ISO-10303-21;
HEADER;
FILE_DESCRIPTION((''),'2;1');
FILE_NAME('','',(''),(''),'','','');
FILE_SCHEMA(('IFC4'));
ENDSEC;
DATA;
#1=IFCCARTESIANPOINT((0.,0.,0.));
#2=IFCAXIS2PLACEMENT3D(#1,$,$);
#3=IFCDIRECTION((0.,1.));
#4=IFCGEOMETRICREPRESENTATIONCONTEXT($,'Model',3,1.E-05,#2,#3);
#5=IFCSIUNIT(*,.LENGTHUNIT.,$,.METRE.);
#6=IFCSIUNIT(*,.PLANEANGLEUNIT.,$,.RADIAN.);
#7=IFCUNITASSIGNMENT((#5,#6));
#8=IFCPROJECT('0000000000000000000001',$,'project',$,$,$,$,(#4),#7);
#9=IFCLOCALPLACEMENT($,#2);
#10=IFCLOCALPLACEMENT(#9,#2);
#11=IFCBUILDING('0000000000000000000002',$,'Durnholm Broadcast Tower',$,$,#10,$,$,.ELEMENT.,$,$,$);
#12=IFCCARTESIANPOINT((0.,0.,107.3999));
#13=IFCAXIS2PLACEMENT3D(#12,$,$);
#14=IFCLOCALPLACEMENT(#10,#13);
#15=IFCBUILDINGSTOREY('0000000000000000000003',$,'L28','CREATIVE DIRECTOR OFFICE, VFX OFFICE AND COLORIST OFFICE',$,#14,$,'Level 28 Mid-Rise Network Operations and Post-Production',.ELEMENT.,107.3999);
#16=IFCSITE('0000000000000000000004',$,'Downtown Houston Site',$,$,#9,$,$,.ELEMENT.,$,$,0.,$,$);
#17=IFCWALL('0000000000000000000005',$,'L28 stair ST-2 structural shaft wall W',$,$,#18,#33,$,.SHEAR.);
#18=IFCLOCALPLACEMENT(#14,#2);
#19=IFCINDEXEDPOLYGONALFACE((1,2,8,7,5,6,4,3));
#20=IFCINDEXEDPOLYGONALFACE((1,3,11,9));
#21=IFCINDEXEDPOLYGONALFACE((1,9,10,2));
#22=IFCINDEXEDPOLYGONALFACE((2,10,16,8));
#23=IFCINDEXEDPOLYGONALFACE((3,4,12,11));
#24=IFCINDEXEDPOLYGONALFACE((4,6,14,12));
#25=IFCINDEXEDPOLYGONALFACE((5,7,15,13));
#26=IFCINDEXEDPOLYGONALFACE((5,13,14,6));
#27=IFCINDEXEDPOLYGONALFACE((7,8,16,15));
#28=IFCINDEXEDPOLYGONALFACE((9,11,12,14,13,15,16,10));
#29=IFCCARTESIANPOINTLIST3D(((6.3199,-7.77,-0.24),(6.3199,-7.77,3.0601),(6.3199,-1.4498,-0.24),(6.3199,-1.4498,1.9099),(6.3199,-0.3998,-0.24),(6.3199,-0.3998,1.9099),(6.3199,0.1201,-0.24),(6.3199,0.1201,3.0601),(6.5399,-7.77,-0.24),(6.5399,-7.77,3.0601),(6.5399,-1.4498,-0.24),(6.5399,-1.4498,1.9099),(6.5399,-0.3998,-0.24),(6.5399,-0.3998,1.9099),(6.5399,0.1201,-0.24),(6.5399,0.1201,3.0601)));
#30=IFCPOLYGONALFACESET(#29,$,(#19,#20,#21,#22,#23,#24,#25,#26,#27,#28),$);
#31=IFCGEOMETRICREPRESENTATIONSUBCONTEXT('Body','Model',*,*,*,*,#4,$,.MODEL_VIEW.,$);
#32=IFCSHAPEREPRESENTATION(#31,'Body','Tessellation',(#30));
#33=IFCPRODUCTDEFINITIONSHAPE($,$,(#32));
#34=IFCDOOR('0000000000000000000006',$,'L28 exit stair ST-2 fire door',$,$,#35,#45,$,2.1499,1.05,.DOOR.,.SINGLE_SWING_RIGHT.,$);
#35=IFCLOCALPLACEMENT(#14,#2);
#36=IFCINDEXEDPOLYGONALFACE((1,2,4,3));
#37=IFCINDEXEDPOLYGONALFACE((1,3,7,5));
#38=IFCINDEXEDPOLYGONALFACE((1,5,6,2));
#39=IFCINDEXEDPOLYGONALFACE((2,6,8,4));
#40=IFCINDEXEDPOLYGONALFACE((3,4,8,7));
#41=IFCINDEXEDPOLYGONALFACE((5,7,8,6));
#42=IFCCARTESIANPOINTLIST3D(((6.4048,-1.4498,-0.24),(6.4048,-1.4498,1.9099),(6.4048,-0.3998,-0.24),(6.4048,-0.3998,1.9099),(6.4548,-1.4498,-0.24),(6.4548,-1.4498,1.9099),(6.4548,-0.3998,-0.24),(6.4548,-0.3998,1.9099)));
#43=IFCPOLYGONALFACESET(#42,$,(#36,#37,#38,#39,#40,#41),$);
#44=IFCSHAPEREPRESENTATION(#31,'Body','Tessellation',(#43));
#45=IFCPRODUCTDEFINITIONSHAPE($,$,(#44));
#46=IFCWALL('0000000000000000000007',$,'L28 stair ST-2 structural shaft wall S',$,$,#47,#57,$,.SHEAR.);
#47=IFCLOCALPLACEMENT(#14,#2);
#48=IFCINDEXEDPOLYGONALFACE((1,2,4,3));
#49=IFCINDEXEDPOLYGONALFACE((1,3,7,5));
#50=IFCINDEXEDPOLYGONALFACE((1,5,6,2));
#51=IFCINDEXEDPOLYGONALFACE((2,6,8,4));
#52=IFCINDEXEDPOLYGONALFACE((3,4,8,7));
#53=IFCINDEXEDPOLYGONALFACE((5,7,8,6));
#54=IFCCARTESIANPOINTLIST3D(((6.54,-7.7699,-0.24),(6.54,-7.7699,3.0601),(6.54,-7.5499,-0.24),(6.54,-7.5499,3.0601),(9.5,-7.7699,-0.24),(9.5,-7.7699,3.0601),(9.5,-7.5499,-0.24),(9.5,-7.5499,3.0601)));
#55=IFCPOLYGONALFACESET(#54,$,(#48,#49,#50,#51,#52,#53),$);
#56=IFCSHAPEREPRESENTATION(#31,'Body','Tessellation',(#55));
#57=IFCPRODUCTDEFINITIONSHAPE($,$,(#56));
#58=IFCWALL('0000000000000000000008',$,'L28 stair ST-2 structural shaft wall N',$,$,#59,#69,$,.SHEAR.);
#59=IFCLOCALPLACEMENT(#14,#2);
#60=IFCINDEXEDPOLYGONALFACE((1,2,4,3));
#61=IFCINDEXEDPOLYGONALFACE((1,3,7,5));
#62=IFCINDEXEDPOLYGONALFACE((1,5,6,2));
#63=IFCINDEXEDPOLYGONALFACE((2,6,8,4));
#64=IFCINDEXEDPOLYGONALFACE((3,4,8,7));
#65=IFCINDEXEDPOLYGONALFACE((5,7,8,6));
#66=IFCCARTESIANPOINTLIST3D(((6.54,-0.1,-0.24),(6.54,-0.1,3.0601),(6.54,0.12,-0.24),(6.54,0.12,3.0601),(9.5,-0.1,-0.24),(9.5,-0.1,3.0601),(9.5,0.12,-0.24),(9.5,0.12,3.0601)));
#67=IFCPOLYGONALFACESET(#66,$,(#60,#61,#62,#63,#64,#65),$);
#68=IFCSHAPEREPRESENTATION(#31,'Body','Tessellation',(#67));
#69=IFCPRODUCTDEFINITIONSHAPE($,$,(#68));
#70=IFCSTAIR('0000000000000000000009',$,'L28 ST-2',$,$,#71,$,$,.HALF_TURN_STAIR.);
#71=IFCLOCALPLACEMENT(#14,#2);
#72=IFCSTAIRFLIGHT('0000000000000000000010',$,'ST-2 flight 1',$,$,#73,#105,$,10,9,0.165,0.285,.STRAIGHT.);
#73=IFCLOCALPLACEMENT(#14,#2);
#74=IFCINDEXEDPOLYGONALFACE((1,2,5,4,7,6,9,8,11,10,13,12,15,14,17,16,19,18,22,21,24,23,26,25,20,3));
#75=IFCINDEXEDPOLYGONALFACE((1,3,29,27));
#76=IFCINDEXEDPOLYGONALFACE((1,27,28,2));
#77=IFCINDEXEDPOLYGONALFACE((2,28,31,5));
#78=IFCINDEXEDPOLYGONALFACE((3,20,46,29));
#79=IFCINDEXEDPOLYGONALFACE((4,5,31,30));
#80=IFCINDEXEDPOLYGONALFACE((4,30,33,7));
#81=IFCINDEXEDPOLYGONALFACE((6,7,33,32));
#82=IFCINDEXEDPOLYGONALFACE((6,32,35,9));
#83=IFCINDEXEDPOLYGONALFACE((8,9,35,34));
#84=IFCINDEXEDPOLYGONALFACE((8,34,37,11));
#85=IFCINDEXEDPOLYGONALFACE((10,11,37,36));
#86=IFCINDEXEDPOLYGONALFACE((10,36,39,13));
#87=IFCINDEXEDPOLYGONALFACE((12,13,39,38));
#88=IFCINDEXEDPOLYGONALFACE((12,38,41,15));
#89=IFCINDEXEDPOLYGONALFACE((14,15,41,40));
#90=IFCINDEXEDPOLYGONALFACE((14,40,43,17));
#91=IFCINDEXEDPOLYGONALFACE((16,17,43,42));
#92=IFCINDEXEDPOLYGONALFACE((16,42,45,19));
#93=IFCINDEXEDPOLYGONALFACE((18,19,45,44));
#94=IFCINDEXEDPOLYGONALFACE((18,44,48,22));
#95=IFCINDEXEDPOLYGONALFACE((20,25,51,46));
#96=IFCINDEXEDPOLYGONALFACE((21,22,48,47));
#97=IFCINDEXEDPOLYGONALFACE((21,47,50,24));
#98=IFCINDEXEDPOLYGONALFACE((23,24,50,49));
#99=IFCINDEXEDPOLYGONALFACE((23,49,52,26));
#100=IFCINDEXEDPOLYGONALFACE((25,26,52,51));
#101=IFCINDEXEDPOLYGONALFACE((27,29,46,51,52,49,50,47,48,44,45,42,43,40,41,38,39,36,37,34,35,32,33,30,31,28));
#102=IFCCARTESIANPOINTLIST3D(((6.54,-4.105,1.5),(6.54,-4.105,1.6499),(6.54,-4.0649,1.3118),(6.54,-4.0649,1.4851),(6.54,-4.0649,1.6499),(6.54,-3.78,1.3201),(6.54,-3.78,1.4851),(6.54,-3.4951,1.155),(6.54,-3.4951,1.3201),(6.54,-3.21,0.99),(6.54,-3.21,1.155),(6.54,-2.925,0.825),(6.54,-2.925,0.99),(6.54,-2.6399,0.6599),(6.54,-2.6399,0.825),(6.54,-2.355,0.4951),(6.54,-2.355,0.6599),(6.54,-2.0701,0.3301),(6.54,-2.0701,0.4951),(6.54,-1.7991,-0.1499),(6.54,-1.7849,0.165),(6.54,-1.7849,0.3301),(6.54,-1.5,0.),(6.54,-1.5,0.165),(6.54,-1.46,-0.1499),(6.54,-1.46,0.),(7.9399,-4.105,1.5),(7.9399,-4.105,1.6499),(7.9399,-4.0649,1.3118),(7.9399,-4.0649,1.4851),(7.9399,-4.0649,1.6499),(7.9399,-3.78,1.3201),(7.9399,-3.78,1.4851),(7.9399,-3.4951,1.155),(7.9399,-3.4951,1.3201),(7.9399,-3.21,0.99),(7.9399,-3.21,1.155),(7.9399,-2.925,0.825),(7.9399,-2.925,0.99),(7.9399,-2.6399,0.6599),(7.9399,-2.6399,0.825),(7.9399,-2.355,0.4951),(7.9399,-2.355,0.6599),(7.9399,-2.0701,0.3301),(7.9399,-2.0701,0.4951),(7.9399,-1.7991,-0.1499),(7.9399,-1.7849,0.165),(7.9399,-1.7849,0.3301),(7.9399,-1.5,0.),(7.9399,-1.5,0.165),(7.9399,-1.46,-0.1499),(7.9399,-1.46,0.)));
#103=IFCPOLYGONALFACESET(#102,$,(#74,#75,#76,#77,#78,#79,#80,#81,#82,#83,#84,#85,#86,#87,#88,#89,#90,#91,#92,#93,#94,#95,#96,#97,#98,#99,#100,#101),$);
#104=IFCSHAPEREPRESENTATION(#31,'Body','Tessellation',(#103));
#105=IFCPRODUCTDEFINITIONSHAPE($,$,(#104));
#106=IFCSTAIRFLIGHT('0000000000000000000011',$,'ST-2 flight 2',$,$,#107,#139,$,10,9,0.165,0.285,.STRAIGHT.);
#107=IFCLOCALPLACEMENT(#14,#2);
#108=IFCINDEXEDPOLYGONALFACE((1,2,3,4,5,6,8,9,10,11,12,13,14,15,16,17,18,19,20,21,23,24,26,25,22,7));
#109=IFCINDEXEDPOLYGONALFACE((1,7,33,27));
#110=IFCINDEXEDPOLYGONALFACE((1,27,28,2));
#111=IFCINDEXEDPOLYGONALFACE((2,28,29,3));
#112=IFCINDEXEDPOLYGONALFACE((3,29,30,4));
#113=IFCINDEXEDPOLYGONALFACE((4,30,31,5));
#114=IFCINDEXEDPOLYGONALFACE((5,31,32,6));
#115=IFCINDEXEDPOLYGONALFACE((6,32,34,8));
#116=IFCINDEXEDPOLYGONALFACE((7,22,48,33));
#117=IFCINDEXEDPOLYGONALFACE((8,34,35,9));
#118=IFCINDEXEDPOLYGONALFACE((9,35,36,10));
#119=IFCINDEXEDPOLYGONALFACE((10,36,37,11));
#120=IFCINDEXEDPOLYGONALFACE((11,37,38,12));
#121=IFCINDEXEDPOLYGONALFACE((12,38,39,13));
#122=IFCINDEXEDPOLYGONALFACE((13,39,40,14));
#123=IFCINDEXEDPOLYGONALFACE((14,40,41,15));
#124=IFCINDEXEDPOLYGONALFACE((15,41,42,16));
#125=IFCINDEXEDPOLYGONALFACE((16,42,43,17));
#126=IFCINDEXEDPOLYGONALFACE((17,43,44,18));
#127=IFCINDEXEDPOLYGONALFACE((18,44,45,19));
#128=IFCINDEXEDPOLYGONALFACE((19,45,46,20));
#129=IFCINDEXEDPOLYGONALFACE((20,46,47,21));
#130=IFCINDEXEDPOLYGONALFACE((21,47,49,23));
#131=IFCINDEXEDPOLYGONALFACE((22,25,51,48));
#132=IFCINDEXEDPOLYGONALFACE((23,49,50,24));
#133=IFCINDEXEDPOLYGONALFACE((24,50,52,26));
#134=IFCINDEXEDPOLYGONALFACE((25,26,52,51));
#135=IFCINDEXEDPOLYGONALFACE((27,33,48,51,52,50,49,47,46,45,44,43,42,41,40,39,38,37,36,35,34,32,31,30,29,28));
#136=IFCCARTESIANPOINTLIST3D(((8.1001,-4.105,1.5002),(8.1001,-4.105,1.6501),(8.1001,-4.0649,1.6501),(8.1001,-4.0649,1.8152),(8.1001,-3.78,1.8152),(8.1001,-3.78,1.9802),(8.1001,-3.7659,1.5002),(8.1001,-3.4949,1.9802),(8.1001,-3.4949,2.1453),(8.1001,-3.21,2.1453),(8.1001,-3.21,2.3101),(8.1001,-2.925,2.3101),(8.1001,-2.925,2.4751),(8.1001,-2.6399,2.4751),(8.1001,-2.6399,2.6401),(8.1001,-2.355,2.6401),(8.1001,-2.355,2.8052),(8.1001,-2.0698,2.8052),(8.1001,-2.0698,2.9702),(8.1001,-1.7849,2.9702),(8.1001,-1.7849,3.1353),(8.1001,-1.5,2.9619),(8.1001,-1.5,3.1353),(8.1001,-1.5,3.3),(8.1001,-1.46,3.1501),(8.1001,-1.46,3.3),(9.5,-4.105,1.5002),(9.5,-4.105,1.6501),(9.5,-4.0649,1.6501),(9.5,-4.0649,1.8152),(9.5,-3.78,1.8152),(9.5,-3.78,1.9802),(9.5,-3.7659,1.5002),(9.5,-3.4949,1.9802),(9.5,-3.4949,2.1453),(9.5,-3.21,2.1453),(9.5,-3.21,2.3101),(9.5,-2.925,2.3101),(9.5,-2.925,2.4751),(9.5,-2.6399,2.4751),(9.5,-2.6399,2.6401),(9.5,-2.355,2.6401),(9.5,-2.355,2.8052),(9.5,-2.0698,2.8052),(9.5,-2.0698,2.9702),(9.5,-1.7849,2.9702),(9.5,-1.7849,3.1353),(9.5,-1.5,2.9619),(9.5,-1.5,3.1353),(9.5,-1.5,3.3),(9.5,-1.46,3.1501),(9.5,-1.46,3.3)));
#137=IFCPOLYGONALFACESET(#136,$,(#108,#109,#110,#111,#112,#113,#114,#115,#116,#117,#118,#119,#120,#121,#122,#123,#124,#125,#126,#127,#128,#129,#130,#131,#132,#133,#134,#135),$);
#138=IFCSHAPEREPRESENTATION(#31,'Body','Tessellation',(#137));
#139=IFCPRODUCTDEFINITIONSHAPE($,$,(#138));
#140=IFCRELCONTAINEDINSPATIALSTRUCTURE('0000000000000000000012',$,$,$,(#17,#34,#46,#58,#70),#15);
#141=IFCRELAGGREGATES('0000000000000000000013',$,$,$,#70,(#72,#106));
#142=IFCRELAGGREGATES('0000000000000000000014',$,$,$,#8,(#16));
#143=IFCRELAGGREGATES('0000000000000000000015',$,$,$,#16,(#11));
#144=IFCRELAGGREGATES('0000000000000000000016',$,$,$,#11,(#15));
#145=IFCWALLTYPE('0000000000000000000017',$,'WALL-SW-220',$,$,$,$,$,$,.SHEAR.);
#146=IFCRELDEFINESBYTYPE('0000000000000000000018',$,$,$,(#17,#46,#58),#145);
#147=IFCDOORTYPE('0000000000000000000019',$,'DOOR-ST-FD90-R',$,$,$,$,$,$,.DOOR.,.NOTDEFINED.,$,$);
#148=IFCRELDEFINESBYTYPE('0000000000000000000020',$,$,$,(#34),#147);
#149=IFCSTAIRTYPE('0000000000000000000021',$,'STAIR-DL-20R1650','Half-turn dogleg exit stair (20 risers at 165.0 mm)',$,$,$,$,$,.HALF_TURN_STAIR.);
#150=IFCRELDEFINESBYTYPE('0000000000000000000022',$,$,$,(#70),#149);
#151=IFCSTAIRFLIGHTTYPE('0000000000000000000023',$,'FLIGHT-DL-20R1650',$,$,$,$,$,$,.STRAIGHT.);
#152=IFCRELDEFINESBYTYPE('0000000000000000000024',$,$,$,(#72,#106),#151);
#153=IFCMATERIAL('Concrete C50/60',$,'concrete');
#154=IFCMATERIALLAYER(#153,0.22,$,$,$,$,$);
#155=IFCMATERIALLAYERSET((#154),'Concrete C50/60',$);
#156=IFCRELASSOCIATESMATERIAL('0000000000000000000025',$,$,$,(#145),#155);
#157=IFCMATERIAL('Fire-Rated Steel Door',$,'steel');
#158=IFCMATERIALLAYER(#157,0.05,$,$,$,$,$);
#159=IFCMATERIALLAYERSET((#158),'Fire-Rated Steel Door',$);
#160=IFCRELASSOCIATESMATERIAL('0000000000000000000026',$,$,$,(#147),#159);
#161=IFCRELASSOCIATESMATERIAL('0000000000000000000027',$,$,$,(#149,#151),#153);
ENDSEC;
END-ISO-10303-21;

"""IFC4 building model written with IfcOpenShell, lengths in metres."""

from ifc_helpers import new_model, si_unit, direction, frame, frame_2d, origin, place, context, subcontext, project, spatial, polyline, rectangle, outline, extrude, source, transform, mapped, material, layer, layer_set, type_object, type_shapes, element, fill, aggregate, save


model = new_model("IFC4")

# Units and contexts
model_context = context("Model", 3, precision=1e-05, world=origin(), true_north=direction((0.0, 1.0)))
body_context = subcontext(model_context, "Body", "Model", "MODEL_VIEW")
ifc_project = project(units=[si_unit("LENGTHUNIT", "METRE"), si_unit("PLANEANGLEUNIT", "RADIAN")], contexts=[model_context])

# Site, building, storey
site_placement = place(None, origin())
site = spatial("IfcSite", under=ifc_project, at=site_placement, Name="Downtown Houston Site", CompositionType="ELEMENT", RefElevation=0.0)
building_placement = place(site_placement, origin())
building = spatial("IfcBuilding", under=site, at=building_placement, Name="Durnholm Broadcast Tower", CompositionType="ELEMENT")
storey_placement = place(building_placement, frame((0.0, 0.0, 107.3999)))
storey = spatial("IfcBuildingStorey", under=building, at=storey_placement, Name="L28", Description="CREATIVE DIRECTOR OFFICE, VFX OFFICE AND COLORIST OFFICE", LongName="Level 28 Mid-Rise Network Operations and Post-Production", CompositionType="ELEMENT", Elevation=107.3999)

# Shared definitions
ifc_material_1 = material(Name="Concrete C50/60", Category="concrete")
ifc_layer_1 = layer(ifc_material_1, 0.22)
ifc_layer_set_1 = layer_set([ifc_layer_1], Name="Concrete C50/60")
wall_type_1 = type_object("IfcWallType", Name="WALL-SW-220", PredefinedType="SHEAR", material=ifc_layer_set_1)

# Wall, opening, door
wall_1_placement = place(storey_placement, frame((6.4299, 0.1201, -0.24), z_axis=(0.0, 0.0, 1.0), x_axis=(0.0, -1.0, 0.0)))
wall_1 = element("IfcWall", 1, at=wall_1_placement, inside=storey, type_object=wall_type_1, Name="L28 stair ST-2 structural shaft wall W", PredefinedType="SHEAR", context=body_context, shape_type="SweptSolid", body=[
    extrude(rectangle(XDim=7.8901, YDim=0.22, at=frame_2d((3.9451, 0.0))), origin(), (0.0, 0.0, 1.0), 3.3),
])
opening_1_placement = place(wall_1_placement, frame((0.52, 0.0, 0.0)))
opening_1 = element("IfcOpeningElement", 2, at=opening_1_placement, cuts=wall_1, PredefinedType="OPENING", context=body_context, shape_type="SweptSolid", body=[
    extrude(rectangle(XDim=1.05, YDim=2.1499, at=frame_2d((0.5249, 1.075))), frame((0.0, 0.1201, 0.0), z_axis=(0.0, -1.0, 0.0), x_axis=(1.0, 0.0, 0.0)), (0.0, 0.0, 1.0), 0.24),
])
ifc_material_2 = material(Name="Fire-Rated Steel Door", Category="steel")
ifc_layer_2 = layer(ifc_material_2, 0.05)
ifc_layer_set_2 = layer_set([ifc_layer_2], Name="Fire-Rated Steel Door")
door_type_1 = type_object("IfcDoorType", Name="DOOR-ST-FD90-R", OperationType="NOTDEFINED", PredefinedType="DOOR", material=ifc_layer_set_2)
shared_shape_1 = source(origin(), body_context, "Body", "SweptSolid", [
    extrude(rectangle(XDim=1.05, YDim=2.1499, at=frame_2d((0.5249, 1.075))), frame((0.0, 0.0249, 0.0), z_axis=(0.0, -1.0, 0.0), x_axis=(1.0, 0.0, 0.0)), (0.0, 0.0, 1.0), 0.05),
])
type_shapes(door_type_1, [shared_shape_1])
door_1_placement = place(opening_1_placement, origin())
door_1 = element("IfcDoor", 3, at=door_1_placement, inside=storey, type_object=door_type_1, Name="L28 exit stair ST-2 fire door", OperationType="SINGLE_SWING_RIGHT", OverallHeight=2.1499, OverallWidth=1.05, PredefinedType="DOOR", context=body_context, shape_type="MappedRepresentation", body=[
    mapped(shared_shape_1, transform((0.0, 0.0, 0.0), x_axis=(1.0, 0.0, 0.0), y_axis=(0.0, 1.0, 0.0), z_axis=(0.0, 0.0, 1.0), scale=1.0)),
])
fill(opening_1, door_1)

# Walls
for number, where, z_axis, x_axis, name in (
    (4, (6.54, -7.6599, -0.24), (0.0, 0.0, 1.0), (1.0, 0.0, 0.0), "L28 stair ST-2 structural shaft wall S"),
    (5, (9.5, 0.01, -0.24), (0.0, 0.0, 1.0), (-1.0, 0.0, 0.0), "L28 stair ST-2 structural shaft wall N"),
):
    element("IfcWall", number, at=place(storey_placement, frame(where, z_axis=z_axis, x_axis=x_axis)), inside=storey, type_object=wall_type_1, Name=name, PredefinedType="SHEAR", context=body_context, shape_type="SweptSolid", body=[
        extrude(rectangle(XDim=2.96, YDim=0.22, at=frame_2d((1.48, 0.0))), origin(), (0.0, 0.0, 1.0), 3.3),
    ])

# Stair, stair flights
stair_type = type_object("IfcStairType", Name="STAIR-DL-20R1650", Description="Half-turn dogleg exit stair (20 risers at 165.0 mm)", PredefinedType="HALF_TURN_STAIR", material=ifc_material_1)
stair_placement = place(storey_placement, origin())
stair = element("IfcStair", 6, at=stair_placement, inside=storey, type_object=stair_type, Name="L28 ST-2", PredefinedType="HALF_TURN_STAIR")
stair_flight_type = type_object("IfcStairFlightType", Name="FLIGHT-DL-20R1650", PredefinedType="STRAIGHT", material=ifc_material_1)
stair_flight_1_placement = place(storey_placement, frame((7.24, -1.5, 0.0), z_axis=(0.0, 0.0, 1.0), x_axis=(0.0, -1.0, 0.0)))
stair_flight_1 = element("IfcStairFlight", 7, at=stair_flight_1_placement, type_object=stair_flight_type, Name="ST-2 flight 1", NumberOfRisers=10, NumberOfTreads=9, PredefinedType="STRAIGHT", RiserHeight=0.165, TreadLength=0.285, context=body_context, shape_type="SweptSolid", body=[
    extrude(outline(polyline([(-0.04, -0.1499), (-0.04, 0.0), (0.0, 0.0), (0.0, 0.165), (0.2849, 0.165), (0.2849, 0.3301), (0.5701, 0.3301), (0.5701, 0.4951), (0.855, 0.4951), (0.855, 0.6599), (1.1399, 0.6599), (1.1399, 0.825), (1.425, 0.825), (1.425, 0.99), (1.71, 0.99), (1.71, 1.155), (1.9951, 1.155), (1.9951, 1.3201), (2.28, 1.3201), (2.28, 1.4851), (2.5649, 1.4851), (2.5649, 1.6499), (2.605, 1.6499), (2.605, 1.5), (2.5649, 1.3118), (0.2991, -0.1499), (-0.04, -0.1499)])), frame((0.0, 0.7, 0.0), z_axis=(0.0, -1.0, 0.0), x_axis=(1.0, 0.0, 0.0)), (0.0, 0.0, 1.0), 1.3999),
])
stair_flight_2_placement = place(storey_placement, frame((8.8, -4.0649, 1.6501), z_axis=(0.0, 0.0, 1.0), x_axis=(0.0, 1.0, 0.0)))
stair_flight_2 = element("IfcStairFlight", 8, at=stair_flight_2_placement, type_object=stair_flight_type, Name="ST-2 flight 2", NumberOfRisers=10, NumberOfTreads=9, PredefinedType="STRAIGHT", RiserHeight=0.165, TreadLength=0.285, context=body_context, shape_type="SweptSolid", body=[
    extrude(outline(polyline([(-0.04, -0.1499), (-0.04, 0.0), (0.0, 0.0), (0.0, 0.165), (0.2849, 0.165), (0.2849, 0.3301), (0.5701, 0.3301), (0.5701, 0.4951), (0.855, 0.4951), (0.855, 0.6599), (1.1399, 0.6599), (1.1399, 0.825), (1.425, 0.825), (1.425, 0.99), (1.71, 0.99), (1.71, 1.155), (1.9951, 1.155), (1.9951, 1.3201), (2.28, 1.3201), (2.28, 1.4851), (2.5649, 1.4851), (2.5649, 1.6499), (2.605, 1.6499), (2.605, 1.5), (2.5649, 1.3118), (0.2991, -0.1499), (-0.04, -0.1499)])), frame((0.0, 0.7, 0.0), z_axis=(0.0, -1.0, 0.0), x_axis=(1.0, 0.0, 0.0)), (0.0, 0.0, 1.0), 1.3999),
])
aggregate(stair, [stair_flight_1, stair_flight_2])

save(model, "model.ifc")
